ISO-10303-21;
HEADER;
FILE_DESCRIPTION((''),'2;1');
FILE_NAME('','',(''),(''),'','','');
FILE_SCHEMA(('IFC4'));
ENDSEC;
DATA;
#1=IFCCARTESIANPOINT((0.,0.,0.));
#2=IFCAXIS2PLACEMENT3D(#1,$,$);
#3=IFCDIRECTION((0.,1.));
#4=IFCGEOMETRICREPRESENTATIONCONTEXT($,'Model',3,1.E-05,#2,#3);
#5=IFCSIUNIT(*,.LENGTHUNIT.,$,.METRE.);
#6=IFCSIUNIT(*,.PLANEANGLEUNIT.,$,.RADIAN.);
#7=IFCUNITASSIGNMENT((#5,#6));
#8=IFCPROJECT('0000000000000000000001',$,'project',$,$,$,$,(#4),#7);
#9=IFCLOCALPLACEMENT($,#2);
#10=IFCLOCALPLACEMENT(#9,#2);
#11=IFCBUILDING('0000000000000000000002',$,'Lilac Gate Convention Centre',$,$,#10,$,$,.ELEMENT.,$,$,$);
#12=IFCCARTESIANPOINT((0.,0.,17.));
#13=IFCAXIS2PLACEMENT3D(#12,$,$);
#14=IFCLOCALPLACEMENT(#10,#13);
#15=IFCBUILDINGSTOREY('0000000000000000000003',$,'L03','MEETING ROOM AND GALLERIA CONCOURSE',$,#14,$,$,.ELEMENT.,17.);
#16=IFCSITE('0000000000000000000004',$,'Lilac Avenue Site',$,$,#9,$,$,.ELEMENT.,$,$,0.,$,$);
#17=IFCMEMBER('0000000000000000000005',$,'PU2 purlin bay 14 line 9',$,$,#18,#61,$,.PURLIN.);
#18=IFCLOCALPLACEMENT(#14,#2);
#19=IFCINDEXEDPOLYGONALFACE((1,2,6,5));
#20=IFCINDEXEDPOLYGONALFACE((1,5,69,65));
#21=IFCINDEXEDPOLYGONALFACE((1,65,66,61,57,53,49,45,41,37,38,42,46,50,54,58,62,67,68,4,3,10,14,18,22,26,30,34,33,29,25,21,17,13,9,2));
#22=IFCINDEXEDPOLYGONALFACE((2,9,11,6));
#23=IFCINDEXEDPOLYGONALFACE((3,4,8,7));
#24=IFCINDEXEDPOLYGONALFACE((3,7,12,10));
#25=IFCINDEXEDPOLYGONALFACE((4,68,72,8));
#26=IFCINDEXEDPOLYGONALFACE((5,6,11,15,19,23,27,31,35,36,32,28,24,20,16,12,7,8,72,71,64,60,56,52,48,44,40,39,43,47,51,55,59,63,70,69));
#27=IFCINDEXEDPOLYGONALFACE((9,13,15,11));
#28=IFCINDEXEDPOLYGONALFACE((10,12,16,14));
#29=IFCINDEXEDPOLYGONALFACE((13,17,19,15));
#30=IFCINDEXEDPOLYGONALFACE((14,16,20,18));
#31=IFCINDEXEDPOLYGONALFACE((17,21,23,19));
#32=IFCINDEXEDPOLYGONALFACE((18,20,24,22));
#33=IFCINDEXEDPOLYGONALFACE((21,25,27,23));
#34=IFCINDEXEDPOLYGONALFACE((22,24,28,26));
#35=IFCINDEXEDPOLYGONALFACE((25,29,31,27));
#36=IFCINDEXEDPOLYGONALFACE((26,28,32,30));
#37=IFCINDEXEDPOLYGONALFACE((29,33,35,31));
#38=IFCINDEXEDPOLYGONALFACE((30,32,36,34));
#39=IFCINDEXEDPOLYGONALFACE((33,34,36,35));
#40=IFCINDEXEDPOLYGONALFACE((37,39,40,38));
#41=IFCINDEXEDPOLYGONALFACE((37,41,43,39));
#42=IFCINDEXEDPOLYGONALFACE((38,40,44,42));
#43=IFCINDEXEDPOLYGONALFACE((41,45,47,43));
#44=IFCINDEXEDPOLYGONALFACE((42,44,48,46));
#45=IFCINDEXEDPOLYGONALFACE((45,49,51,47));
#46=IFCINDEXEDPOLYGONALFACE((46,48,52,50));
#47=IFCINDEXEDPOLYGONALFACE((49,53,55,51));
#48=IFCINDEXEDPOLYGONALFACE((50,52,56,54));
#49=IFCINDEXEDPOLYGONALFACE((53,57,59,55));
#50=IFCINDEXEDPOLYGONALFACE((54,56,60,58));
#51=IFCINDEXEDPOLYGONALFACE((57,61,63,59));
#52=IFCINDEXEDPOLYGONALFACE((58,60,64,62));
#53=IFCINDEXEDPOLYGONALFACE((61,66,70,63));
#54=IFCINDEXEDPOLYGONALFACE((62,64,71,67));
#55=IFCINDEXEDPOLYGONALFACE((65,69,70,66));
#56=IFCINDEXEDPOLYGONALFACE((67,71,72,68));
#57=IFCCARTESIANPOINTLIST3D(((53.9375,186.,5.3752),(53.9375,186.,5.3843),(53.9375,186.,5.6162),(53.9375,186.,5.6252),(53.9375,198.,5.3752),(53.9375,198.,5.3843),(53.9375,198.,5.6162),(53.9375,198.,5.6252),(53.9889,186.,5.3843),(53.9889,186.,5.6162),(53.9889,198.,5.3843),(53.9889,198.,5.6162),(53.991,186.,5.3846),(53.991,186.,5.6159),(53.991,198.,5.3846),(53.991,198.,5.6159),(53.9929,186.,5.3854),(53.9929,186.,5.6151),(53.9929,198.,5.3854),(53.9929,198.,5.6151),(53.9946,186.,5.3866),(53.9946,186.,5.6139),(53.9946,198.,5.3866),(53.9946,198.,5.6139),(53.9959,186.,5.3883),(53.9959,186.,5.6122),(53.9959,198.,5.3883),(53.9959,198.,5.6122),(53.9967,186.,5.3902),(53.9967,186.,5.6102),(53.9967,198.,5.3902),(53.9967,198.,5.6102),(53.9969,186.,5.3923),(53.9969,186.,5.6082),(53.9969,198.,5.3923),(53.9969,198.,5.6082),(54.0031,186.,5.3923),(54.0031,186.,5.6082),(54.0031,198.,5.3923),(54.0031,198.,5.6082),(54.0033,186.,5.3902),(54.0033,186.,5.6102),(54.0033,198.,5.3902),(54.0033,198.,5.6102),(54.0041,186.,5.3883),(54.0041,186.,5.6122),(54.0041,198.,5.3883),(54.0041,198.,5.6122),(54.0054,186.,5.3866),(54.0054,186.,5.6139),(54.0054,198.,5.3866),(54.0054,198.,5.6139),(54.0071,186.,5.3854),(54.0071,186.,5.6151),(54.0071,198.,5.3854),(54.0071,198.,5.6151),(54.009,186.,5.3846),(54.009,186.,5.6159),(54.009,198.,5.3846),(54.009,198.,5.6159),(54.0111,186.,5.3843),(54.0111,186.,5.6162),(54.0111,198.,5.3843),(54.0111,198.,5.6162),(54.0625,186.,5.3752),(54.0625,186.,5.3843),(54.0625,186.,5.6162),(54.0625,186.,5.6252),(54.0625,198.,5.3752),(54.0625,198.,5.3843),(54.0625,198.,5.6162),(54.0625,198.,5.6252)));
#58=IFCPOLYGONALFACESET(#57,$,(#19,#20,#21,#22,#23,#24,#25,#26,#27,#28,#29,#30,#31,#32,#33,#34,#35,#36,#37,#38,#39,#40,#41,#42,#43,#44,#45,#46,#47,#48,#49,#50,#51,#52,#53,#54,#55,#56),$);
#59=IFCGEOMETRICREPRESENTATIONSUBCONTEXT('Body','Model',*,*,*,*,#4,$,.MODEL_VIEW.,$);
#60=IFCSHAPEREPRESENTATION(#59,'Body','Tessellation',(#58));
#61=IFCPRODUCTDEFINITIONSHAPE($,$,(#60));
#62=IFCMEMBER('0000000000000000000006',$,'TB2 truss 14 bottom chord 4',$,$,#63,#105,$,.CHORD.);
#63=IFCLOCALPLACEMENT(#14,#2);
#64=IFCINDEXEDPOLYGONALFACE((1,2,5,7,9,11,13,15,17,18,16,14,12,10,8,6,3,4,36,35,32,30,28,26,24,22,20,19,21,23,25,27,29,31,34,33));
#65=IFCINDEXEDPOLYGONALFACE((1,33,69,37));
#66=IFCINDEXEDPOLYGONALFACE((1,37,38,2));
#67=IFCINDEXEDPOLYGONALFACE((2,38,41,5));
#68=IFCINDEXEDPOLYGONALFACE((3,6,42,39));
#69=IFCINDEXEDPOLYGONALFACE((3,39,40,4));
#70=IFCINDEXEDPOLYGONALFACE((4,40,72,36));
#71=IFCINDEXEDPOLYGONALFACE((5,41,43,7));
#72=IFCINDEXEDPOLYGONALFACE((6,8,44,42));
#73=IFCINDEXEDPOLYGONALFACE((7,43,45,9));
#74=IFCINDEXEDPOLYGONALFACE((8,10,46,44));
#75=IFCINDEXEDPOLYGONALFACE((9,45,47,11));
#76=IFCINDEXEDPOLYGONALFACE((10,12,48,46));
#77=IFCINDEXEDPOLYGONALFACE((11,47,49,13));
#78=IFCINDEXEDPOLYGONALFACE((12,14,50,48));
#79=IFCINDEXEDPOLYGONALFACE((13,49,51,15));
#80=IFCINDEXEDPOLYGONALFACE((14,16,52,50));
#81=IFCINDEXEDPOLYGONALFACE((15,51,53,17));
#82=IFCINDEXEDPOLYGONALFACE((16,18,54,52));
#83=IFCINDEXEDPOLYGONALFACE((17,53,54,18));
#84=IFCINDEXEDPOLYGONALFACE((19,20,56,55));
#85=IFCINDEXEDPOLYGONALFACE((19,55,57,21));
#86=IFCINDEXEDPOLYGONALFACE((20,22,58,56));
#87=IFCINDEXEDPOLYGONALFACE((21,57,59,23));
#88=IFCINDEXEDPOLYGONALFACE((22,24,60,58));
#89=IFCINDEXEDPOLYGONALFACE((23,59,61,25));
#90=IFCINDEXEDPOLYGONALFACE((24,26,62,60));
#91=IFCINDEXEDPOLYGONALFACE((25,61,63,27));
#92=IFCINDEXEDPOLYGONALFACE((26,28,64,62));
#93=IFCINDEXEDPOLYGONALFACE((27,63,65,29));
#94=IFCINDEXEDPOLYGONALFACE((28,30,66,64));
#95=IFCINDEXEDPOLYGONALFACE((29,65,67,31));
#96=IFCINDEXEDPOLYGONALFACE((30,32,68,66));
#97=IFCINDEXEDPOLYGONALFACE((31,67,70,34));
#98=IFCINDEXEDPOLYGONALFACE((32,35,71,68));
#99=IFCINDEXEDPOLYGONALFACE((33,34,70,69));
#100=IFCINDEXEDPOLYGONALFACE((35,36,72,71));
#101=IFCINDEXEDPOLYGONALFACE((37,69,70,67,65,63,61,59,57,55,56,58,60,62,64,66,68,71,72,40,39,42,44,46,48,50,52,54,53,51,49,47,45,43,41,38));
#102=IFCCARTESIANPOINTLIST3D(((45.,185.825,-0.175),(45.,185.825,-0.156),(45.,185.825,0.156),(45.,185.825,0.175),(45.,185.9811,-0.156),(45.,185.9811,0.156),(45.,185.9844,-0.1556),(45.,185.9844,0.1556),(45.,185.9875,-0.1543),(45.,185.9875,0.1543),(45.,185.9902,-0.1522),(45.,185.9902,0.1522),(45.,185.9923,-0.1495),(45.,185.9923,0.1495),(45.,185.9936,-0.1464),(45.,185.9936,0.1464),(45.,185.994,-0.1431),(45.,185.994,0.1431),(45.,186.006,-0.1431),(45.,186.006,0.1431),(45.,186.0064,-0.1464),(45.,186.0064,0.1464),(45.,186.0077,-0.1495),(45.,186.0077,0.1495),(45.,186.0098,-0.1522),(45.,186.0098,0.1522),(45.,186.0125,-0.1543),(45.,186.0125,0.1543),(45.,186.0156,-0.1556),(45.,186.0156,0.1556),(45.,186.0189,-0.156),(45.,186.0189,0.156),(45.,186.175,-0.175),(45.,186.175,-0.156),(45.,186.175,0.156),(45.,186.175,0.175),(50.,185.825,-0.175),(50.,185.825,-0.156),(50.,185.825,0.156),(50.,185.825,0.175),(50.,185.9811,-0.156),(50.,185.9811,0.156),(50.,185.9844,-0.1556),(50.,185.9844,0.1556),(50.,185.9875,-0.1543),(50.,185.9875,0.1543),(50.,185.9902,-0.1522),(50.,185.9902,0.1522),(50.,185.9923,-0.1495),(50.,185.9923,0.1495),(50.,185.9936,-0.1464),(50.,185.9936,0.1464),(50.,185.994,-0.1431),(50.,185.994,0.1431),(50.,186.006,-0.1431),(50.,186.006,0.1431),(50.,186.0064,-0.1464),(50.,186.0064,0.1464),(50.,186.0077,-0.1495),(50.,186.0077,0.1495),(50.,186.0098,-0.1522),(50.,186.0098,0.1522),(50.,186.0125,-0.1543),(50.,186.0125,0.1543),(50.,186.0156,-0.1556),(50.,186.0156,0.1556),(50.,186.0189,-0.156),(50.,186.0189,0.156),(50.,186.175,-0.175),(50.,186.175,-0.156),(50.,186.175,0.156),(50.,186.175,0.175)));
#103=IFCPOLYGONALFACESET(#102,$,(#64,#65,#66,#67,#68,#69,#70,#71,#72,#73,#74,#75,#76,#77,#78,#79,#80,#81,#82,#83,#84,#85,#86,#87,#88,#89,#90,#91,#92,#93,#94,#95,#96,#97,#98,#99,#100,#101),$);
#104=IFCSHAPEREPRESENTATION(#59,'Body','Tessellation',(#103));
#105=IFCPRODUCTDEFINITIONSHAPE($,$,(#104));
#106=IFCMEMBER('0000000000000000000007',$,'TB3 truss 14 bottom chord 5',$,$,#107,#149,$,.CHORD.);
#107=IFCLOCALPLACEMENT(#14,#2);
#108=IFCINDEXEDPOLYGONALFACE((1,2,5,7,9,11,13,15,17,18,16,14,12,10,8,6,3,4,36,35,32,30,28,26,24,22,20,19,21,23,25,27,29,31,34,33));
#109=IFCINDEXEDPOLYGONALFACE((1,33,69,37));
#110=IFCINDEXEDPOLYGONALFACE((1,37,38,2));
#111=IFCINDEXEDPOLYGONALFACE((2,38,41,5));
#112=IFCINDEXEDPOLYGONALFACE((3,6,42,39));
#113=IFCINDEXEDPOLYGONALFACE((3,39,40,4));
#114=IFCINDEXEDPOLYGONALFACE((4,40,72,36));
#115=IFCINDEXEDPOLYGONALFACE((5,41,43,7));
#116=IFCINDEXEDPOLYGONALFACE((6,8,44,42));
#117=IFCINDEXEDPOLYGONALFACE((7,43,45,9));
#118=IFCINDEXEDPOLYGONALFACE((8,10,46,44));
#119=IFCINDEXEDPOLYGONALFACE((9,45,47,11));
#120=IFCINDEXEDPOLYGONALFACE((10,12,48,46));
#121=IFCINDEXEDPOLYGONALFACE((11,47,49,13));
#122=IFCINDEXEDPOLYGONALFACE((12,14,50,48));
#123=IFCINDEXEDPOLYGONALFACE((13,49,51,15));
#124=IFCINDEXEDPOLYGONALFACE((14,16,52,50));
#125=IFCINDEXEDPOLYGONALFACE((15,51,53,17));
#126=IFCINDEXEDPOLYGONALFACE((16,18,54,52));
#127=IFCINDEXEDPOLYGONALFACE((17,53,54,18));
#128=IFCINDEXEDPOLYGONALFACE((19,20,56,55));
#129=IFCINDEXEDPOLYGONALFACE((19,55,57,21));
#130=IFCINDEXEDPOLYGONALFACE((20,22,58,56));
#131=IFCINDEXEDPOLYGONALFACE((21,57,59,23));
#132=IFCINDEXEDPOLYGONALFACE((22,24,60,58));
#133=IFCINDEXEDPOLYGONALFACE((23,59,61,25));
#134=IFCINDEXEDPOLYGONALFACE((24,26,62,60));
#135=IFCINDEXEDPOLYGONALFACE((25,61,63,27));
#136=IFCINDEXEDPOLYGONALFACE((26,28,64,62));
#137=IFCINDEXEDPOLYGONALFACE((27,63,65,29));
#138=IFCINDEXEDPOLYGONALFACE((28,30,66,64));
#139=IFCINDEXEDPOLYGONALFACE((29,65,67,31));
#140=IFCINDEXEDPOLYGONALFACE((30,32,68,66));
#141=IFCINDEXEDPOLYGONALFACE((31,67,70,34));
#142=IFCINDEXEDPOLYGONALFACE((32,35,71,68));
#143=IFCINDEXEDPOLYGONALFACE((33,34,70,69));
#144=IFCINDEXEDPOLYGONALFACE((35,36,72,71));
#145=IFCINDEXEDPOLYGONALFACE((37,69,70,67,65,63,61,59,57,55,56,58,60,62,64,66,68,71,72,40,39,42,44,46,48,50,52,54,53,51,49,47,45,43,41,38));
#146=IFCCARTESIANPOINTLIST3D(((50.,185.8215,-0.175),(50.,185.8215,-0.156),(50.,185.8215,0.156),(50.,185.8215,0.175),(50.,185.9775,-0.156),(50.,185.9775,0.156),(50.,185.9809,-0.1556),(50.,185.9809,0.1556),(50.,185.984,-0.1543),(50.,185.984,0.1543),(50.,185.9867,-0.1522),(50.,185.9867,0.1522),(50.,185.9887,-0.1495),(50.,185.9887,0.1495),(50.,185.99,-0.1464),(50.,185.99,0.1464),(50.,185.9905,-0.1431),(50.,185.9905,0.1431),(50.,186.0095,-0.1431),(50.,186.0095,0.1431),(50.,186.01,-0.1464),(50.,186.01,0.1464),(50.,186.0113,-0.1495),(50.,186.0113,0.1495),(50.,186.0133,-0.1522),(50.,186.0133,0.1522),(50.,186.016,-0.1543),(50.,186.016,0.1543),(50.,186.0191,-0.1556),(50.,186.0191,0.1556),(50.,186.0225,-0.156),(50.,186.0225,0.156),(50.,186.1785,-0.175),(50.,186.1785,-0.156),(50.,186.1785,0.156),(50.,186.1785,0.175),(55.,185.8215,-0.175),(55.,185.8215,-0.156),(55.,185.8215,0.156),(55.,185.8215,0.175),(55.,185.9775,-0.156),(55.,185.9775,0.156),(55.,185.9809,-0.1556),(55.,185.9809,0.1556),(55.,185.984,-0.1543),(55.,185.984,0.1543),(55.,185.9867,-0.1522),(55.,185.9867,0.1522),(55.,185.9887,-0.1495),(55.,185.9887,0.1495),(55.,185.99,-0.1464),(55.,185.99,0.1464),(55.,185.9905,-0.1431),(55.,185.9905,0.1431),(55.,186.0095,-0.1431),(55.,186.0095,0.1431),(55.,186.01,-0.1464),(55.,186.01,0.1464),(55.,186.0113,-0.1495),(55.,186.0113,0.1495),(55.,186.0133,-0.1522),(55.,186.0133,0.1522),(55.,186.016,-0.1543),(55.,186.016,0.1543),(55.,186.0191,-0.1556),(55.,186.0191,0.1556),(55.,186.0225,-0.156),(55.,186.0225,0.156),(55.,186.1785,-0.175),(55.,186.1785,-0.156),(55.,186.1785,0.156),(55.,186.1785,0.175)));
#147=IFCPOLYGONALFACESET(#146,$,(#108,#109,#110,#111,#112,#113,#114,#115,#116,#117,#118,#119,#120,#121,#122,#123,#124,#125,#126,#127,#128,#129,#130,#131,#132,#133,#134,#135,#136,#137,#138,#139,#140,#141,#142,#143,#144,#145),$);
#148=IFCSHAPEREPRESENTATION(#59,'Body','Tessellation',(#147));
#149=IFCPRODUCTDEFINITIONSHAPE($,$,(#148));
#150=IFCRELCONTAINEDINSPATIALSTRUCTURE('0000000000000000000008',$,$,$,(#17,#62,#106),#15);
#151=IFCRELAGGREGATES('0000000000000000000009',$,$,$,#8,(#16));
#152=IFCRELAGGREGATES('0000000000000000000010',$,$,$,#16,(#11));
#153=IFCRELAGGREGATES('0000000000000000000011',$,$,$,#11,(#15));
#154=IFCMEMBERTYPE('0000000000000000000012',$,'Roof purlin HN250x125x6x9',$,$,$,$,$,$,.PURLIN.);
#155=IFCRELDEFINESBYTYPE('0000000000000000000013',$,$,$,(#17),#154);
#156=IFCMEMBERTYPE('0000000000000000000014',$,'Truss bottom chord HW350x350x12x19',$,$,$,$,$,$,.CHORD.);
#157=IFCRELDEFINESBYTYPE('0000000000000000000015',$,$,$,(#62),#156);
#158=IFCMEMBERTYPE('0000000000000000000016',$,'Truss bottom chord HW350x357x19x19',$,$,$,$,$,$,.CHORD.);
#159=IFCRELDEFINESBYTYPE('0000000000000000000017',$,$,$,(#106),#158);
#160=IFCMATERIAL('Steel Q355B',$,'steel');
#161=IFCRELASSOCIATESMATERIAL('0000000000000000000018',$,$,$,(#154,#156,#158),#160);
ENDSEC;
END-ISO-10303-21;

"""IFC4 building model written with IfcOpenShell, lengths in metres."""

from ifc_helpers import new_model, si_unit, direction, frame, origin, origin_2d, place, context, subcontext, project, spatial, i_section, extrude, material, material_profile, profile_set, type_object, element, save


model = new_model("IFC4")

# Units and contexts
model_context = context("Model", 3, precision=1e-05, world=origin(), true_north=direction((0.0, 1.0)))
body_context = subcontext(model_context, "Body", "Model", "MODEL_VIEW")
ifc_project = project(units=[si_unit("LENGTHUNIT", "METRE"), si_unit("PLANEANGLEUNIT", "RADIAN")], contexts=[model_context])

# Site, building, storey
site_placement = place(None, origin())
site = spatial("IfcSite", under=ifc_project, at=site_placement, Name="Lilac Avenue Site", CompositionType="ELEMENT", RefElevation=0.0)
building_placement = place(site_placement, origin())
building = spatial("IfcBuilding", under=site, at=building_placement, Name="Lilac Gate Convention Centre", CompositionType="ELEMENT")
storey_placement = place(building_placement, frame((0.0, 0.0, 17.0)))
storey = spatial("IfcBuildingStorey", under=building, at=storey_placement, Name="L03", Description="MEETING ROOM AND GALLERIA CONCOURSE", CompositionType="ELEMENT", Elevation=17.0)

# Members
ifc_material = material(Name="Steel Q355B", Category="steel")
ifc_material_profile_1 = material_profile(ifc_material, i_section(OverallWidth=0.125, OverallDepth=0.25, WebThickness=0.0061, FlangeThickness=0.009, FilletRadius=0.0081, at=origin_2d()), Name="HN250x125x6x9")
ifc_profile_set_1 = profile_set([ifc_material_profile_1], Name="Steel Q355B")
member_type_1 = type_object("IfcMemberType", Name="Roof purlin HN250x125x6x9", PredefinedType="PURLIN", material=ifc_profile_set_1)
for number, where, z_axis, x_axis, name in (
    (1, (54.0, 186.0, 5.5002), (0.0, 1.0, 0.0), (-1.0, 0.0, 0.0), "PU2 purlin bay 14 line 9"),
):
    element("IfcMember", number, at=place(storey_placement, frame(where, z_axis=z_axis, x_axis=x_axis)), inside=storey, type_object=member_type_1, Name=name, PredefinedType="PURLIN", context=body_context, shape_type="SweptSolid", body=[
        extrude(i_section(OverallWidth=0.125, OverallDepth=0.25, WebThickness=0.0061, FlangeThickness=0.009, FilletRadius=0.0081, at=origin_2d()), origin(), (0.0, 0.0, 1.0), 12.0),
    ])
ifc_material_profile_2 = material_profile(ifc_material, i_section(OverallWidth=0.3501, OverallDepth=0.3501, WebThickness=0.012, FlangeThickness=0.019, FilletRadius=0.0129, at=origin_2d()), Name="HW350x350x12x19")
ifc_profile_set_2 = profile_set([ifc_material_profile_2], Name="Steel Q355B")
member_type_2 = type_object("IfcMemberType", Name="Truss bottom chord HW350x350x12x19", PredefinedType="CHORD", material=ifc_profile_set_2)
member_1_placement = place(storey_placement, frame((45.0, 186.0, 0.0), z_axis=(1.0, 0.0, 0.0), x_axis=(0.0, 1.0, 0.0)))
element("IfcMember", 2, at=member_1_placement, inside=storey, type_object=member_type_2, Name="TB2 truss 14 bottom chord 4", PredefinedType="CHORD", context=body_context, shape_type="SweptSolid", body=[
    extrude(i_section(OverallWidth=0.3501, OverallDepth=0.3501, WebThickness=0.012, FlangeThickness=0.019, FilletRadius=0.0129, at=origin_2d()), origin(), (0.0, 0.0, 1.0), 5.0),
])
ifc_material_profile_3 = material_profile(ifc_material, i_section(OverallWidth=0.3569, OverallDepth=0.3501, WebThickness=0.019, FlangeThickness=0.019, FilletRadius=0.0129, at=origin_2d()), Name="HW350x357x19x19")
ifc_profile_set_3 = profile_set([ifc_material_profile_3], Name="Steel Q355B")
member_type_3 = type_object("IfcMemberType", Name="Truss bottom chord HW350x357x19x19", PredefinedType="CHORD", material=ifc_profile_set_3)
member_2_placement = place(storey_placement, frame((50.0, 186.0, 0.0), z_axis=(1.0, 0.0, 0.0), x_axis=(0.0, 1.0, 0.0)))
element("IfcMember", 3, at=member_2_placement, inside=storey, type_object=member_type_3, Name="TB3 truss 14 bottom chord 5", PredefinedType="CHORD", context=body_context, shape_type="SweptSolid", body=[
    extrude(i_section(OverallWidth=0.3569, OverallDepth=0.3501, WebThickness=0.019, FlangeThickness=0.019, FilletRadius=0.0129, at=origin_2d()), origin(), (0.0, 0.0, 1.0), 5.0),
])

save(model, "model.ifc")
